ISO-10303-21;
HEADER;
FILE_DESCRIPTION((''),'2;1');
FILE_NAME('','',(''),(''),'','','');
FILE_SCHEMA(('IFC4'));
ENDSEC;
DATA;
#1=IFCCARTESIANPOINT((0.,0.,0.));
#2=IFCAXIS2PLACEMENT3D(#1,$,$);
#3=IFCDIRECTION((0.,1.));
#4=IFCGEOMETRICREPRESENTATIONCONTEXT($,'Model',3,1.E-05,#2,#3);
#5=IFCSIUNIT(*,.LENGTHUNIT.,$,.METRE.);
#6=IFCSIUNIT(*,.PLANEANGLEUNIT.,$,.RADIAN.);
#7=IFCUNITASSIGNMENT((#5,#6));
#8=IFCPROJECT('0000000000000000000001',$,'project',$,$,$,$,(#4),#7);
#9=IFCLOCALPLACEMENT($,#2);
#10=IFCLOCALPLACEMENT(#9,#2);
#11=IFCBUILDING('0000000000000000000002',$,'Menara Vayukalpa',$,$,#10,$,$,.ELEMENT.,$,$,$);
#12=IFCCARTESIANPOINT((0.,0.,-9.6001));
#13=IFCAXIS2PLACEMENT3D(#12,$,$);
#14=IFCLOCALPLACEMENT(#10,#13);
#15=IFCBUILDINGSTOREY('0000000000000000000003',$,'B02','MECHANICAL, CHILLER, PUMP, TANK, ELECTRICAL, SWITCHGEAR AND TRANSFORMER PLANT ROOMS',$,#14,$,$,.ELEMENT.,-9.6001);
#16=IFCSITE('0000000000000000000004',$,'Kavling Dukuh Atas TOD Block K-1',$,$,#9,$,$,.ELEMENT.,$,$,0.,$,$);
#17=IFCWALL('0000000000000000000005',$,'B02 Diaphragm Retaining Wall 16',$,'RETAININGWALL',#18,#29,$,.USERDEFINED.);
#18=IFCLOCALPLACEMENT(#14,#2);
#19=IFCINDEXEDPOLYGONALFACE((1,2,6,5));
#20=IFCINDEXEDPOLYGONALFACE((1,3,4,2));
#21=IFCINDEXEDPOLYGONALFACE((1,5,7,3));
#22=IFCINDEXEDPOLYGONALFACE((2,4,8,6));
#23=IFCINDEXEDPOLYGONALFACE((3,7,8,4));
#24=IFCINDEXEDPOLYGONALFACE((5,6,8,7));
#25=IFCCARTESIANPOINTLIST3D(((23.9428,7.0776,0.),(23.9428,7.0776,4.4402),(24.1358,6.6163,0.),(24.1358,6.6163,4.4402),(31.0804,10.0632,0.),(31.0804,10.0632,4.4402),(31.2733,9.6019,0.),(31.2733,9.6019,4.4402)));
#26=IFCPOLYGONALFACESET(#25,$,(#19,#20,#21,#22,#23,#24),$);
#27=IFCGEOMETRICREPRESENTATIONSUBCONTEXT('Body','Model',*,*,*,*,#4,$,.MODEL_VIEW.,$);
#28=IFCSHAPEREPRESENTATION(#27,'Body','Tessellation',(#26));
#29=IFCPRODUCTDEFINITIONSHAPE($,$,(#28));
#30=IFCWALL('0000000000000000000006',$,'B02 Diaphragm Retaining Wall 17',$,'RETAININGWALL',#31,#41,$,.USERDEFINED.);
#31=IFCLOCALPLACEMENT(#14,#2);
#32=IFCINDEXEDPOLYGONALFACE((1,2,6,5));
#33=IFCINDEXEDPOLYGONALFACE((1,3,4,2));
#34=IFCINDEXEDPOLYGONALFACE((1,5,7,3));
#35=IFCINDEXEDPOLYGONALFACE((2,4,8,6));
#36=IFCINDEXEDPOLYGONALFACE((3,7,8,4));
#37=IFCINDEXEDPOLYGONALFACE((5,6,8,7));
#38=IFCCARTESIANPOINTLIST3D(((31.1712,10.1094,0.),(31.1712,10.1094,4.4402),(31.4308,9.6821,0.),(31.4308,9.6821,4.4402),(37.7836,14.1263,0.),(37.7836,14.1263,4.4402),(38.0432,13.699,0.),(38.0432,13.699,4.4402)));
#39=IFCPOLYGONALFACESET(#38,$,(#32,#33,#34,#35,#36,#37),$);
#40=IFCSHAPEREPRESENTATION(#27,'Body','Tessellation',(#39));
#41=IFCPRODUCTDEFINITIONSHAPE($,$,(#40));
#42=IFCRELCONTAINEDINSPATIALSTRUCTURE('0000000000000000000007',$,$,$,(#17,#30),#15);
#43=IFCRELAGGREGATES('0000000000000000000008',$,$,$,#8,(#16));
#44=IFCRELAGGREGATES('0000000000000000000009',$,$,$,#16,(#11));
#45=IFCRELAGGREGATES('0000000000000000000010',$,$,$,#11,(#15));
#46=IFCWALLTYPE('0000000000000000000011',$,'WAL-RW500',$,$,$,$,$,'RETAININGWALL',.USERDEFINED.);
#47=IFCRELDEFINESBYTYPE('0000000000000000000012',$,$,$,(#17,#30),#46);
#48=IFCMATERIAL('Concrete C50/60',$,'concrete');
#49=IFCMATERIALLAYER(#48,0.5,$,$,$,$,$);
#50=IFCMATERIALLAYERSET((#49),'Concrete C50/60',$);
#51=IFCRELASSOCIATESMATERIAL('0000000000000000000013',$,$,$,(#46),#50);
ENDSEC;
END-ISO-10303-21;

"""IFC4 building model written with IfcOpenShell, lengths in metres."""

from ifc_helpers import new_model, si_unit, direction, frame, frame_2d, origin, place, context, subcontext, project, spatial, rectangle, extrude, material, layer, layer_set, type_object, element, save


model = new_model("IFC4")

# Units and contexts
model_context = context("Model", 3, precision=1e-05, world=origin(), true_north=direction((0.0, 1.0)))
body_context = subcontext(model_context, "Body", "Model", "MODEL_VIEW")
ifc_project = project(units=[si_unit("LENGTHUNIT", "METRE"), si_unit("PLANEANGLEUNIT", "RADIAN")], contexts=[model_context])

# Site, building, storey
site_placement = place(None, origin())
site = spatial("IfcSite", under=ifc_project, at=site_placement, Name="Kavling Dukuh Atas TOD Block K-1", CompositionType="ELEMENT", RefElevation=0.0)
building_placement = place(site_placement, origin())
building = spatial("IfcBuilding", under=site, at=building_placement, Name="Menara Vayukalpa", CompositionType="ELEMENT")
storey_placement = place(building_placement, frame((0.0, 0.0, -9.6001)))
storey = spatial("IfcBuildingStorey", under=building, at=storey_placement, Name="B02", Description="MECHANICAL, CHILLER, PUMP, TANK, ELECTRICAL, SWITCHGEAR AND TRANSFORMER PLANT ROOMS", CompositionType="ELEMENT", Elevation=-9.6001)

# Walls
ifc_material_1 = material(Name="Concrete C50/60", Category="concrete")
ifc_layer_1 = layer(ifc_material_1, 0.5)
ifc_layer_set_1 = layer_set([ifc_layer_1], Name="Concrete C50/60")
wall_type_1 = type_object("IfcWallType", Name="WAL-RW500", ElementType="RETAININGWALL", PredefinedType="USERDEFINED", material=ifc_layer_set_1)
for number, where, z_axis, x_axis, name in (
    (1, (24.0393, 6.8469, 0.0), (0.0, 0.0, 1.0), (0.922541, 0.385899, 0.0), "B02 Diaphragm Retaining Wall 16"),
    (2, (31.301, 9.8958, 0.0), (0.0, 0.0, 1.0), (0.85466, 0.519189, 0.0), "B02 Diaphragm Retaining Wall 17"),
):
    element("IfcWall", number, at=place(storey_placement, frame(where, z_axis=z_axis, x_axis=x_axis)), inside=storey, type_object=wall_type_1, Name=name, ObjectType="RETAININGWALL", PredefinedType="USERDEFINED", context=body_context, shape_type="SweptSolid", body=[
        extrude(rectangle(XDim=7.7368, YDim=0.5, at=frame_2d((3.8684, 0.0))), origin(), (0.0, 0.0, 1.0), 4.4402),
    ])

save(model, "model.ifc")
